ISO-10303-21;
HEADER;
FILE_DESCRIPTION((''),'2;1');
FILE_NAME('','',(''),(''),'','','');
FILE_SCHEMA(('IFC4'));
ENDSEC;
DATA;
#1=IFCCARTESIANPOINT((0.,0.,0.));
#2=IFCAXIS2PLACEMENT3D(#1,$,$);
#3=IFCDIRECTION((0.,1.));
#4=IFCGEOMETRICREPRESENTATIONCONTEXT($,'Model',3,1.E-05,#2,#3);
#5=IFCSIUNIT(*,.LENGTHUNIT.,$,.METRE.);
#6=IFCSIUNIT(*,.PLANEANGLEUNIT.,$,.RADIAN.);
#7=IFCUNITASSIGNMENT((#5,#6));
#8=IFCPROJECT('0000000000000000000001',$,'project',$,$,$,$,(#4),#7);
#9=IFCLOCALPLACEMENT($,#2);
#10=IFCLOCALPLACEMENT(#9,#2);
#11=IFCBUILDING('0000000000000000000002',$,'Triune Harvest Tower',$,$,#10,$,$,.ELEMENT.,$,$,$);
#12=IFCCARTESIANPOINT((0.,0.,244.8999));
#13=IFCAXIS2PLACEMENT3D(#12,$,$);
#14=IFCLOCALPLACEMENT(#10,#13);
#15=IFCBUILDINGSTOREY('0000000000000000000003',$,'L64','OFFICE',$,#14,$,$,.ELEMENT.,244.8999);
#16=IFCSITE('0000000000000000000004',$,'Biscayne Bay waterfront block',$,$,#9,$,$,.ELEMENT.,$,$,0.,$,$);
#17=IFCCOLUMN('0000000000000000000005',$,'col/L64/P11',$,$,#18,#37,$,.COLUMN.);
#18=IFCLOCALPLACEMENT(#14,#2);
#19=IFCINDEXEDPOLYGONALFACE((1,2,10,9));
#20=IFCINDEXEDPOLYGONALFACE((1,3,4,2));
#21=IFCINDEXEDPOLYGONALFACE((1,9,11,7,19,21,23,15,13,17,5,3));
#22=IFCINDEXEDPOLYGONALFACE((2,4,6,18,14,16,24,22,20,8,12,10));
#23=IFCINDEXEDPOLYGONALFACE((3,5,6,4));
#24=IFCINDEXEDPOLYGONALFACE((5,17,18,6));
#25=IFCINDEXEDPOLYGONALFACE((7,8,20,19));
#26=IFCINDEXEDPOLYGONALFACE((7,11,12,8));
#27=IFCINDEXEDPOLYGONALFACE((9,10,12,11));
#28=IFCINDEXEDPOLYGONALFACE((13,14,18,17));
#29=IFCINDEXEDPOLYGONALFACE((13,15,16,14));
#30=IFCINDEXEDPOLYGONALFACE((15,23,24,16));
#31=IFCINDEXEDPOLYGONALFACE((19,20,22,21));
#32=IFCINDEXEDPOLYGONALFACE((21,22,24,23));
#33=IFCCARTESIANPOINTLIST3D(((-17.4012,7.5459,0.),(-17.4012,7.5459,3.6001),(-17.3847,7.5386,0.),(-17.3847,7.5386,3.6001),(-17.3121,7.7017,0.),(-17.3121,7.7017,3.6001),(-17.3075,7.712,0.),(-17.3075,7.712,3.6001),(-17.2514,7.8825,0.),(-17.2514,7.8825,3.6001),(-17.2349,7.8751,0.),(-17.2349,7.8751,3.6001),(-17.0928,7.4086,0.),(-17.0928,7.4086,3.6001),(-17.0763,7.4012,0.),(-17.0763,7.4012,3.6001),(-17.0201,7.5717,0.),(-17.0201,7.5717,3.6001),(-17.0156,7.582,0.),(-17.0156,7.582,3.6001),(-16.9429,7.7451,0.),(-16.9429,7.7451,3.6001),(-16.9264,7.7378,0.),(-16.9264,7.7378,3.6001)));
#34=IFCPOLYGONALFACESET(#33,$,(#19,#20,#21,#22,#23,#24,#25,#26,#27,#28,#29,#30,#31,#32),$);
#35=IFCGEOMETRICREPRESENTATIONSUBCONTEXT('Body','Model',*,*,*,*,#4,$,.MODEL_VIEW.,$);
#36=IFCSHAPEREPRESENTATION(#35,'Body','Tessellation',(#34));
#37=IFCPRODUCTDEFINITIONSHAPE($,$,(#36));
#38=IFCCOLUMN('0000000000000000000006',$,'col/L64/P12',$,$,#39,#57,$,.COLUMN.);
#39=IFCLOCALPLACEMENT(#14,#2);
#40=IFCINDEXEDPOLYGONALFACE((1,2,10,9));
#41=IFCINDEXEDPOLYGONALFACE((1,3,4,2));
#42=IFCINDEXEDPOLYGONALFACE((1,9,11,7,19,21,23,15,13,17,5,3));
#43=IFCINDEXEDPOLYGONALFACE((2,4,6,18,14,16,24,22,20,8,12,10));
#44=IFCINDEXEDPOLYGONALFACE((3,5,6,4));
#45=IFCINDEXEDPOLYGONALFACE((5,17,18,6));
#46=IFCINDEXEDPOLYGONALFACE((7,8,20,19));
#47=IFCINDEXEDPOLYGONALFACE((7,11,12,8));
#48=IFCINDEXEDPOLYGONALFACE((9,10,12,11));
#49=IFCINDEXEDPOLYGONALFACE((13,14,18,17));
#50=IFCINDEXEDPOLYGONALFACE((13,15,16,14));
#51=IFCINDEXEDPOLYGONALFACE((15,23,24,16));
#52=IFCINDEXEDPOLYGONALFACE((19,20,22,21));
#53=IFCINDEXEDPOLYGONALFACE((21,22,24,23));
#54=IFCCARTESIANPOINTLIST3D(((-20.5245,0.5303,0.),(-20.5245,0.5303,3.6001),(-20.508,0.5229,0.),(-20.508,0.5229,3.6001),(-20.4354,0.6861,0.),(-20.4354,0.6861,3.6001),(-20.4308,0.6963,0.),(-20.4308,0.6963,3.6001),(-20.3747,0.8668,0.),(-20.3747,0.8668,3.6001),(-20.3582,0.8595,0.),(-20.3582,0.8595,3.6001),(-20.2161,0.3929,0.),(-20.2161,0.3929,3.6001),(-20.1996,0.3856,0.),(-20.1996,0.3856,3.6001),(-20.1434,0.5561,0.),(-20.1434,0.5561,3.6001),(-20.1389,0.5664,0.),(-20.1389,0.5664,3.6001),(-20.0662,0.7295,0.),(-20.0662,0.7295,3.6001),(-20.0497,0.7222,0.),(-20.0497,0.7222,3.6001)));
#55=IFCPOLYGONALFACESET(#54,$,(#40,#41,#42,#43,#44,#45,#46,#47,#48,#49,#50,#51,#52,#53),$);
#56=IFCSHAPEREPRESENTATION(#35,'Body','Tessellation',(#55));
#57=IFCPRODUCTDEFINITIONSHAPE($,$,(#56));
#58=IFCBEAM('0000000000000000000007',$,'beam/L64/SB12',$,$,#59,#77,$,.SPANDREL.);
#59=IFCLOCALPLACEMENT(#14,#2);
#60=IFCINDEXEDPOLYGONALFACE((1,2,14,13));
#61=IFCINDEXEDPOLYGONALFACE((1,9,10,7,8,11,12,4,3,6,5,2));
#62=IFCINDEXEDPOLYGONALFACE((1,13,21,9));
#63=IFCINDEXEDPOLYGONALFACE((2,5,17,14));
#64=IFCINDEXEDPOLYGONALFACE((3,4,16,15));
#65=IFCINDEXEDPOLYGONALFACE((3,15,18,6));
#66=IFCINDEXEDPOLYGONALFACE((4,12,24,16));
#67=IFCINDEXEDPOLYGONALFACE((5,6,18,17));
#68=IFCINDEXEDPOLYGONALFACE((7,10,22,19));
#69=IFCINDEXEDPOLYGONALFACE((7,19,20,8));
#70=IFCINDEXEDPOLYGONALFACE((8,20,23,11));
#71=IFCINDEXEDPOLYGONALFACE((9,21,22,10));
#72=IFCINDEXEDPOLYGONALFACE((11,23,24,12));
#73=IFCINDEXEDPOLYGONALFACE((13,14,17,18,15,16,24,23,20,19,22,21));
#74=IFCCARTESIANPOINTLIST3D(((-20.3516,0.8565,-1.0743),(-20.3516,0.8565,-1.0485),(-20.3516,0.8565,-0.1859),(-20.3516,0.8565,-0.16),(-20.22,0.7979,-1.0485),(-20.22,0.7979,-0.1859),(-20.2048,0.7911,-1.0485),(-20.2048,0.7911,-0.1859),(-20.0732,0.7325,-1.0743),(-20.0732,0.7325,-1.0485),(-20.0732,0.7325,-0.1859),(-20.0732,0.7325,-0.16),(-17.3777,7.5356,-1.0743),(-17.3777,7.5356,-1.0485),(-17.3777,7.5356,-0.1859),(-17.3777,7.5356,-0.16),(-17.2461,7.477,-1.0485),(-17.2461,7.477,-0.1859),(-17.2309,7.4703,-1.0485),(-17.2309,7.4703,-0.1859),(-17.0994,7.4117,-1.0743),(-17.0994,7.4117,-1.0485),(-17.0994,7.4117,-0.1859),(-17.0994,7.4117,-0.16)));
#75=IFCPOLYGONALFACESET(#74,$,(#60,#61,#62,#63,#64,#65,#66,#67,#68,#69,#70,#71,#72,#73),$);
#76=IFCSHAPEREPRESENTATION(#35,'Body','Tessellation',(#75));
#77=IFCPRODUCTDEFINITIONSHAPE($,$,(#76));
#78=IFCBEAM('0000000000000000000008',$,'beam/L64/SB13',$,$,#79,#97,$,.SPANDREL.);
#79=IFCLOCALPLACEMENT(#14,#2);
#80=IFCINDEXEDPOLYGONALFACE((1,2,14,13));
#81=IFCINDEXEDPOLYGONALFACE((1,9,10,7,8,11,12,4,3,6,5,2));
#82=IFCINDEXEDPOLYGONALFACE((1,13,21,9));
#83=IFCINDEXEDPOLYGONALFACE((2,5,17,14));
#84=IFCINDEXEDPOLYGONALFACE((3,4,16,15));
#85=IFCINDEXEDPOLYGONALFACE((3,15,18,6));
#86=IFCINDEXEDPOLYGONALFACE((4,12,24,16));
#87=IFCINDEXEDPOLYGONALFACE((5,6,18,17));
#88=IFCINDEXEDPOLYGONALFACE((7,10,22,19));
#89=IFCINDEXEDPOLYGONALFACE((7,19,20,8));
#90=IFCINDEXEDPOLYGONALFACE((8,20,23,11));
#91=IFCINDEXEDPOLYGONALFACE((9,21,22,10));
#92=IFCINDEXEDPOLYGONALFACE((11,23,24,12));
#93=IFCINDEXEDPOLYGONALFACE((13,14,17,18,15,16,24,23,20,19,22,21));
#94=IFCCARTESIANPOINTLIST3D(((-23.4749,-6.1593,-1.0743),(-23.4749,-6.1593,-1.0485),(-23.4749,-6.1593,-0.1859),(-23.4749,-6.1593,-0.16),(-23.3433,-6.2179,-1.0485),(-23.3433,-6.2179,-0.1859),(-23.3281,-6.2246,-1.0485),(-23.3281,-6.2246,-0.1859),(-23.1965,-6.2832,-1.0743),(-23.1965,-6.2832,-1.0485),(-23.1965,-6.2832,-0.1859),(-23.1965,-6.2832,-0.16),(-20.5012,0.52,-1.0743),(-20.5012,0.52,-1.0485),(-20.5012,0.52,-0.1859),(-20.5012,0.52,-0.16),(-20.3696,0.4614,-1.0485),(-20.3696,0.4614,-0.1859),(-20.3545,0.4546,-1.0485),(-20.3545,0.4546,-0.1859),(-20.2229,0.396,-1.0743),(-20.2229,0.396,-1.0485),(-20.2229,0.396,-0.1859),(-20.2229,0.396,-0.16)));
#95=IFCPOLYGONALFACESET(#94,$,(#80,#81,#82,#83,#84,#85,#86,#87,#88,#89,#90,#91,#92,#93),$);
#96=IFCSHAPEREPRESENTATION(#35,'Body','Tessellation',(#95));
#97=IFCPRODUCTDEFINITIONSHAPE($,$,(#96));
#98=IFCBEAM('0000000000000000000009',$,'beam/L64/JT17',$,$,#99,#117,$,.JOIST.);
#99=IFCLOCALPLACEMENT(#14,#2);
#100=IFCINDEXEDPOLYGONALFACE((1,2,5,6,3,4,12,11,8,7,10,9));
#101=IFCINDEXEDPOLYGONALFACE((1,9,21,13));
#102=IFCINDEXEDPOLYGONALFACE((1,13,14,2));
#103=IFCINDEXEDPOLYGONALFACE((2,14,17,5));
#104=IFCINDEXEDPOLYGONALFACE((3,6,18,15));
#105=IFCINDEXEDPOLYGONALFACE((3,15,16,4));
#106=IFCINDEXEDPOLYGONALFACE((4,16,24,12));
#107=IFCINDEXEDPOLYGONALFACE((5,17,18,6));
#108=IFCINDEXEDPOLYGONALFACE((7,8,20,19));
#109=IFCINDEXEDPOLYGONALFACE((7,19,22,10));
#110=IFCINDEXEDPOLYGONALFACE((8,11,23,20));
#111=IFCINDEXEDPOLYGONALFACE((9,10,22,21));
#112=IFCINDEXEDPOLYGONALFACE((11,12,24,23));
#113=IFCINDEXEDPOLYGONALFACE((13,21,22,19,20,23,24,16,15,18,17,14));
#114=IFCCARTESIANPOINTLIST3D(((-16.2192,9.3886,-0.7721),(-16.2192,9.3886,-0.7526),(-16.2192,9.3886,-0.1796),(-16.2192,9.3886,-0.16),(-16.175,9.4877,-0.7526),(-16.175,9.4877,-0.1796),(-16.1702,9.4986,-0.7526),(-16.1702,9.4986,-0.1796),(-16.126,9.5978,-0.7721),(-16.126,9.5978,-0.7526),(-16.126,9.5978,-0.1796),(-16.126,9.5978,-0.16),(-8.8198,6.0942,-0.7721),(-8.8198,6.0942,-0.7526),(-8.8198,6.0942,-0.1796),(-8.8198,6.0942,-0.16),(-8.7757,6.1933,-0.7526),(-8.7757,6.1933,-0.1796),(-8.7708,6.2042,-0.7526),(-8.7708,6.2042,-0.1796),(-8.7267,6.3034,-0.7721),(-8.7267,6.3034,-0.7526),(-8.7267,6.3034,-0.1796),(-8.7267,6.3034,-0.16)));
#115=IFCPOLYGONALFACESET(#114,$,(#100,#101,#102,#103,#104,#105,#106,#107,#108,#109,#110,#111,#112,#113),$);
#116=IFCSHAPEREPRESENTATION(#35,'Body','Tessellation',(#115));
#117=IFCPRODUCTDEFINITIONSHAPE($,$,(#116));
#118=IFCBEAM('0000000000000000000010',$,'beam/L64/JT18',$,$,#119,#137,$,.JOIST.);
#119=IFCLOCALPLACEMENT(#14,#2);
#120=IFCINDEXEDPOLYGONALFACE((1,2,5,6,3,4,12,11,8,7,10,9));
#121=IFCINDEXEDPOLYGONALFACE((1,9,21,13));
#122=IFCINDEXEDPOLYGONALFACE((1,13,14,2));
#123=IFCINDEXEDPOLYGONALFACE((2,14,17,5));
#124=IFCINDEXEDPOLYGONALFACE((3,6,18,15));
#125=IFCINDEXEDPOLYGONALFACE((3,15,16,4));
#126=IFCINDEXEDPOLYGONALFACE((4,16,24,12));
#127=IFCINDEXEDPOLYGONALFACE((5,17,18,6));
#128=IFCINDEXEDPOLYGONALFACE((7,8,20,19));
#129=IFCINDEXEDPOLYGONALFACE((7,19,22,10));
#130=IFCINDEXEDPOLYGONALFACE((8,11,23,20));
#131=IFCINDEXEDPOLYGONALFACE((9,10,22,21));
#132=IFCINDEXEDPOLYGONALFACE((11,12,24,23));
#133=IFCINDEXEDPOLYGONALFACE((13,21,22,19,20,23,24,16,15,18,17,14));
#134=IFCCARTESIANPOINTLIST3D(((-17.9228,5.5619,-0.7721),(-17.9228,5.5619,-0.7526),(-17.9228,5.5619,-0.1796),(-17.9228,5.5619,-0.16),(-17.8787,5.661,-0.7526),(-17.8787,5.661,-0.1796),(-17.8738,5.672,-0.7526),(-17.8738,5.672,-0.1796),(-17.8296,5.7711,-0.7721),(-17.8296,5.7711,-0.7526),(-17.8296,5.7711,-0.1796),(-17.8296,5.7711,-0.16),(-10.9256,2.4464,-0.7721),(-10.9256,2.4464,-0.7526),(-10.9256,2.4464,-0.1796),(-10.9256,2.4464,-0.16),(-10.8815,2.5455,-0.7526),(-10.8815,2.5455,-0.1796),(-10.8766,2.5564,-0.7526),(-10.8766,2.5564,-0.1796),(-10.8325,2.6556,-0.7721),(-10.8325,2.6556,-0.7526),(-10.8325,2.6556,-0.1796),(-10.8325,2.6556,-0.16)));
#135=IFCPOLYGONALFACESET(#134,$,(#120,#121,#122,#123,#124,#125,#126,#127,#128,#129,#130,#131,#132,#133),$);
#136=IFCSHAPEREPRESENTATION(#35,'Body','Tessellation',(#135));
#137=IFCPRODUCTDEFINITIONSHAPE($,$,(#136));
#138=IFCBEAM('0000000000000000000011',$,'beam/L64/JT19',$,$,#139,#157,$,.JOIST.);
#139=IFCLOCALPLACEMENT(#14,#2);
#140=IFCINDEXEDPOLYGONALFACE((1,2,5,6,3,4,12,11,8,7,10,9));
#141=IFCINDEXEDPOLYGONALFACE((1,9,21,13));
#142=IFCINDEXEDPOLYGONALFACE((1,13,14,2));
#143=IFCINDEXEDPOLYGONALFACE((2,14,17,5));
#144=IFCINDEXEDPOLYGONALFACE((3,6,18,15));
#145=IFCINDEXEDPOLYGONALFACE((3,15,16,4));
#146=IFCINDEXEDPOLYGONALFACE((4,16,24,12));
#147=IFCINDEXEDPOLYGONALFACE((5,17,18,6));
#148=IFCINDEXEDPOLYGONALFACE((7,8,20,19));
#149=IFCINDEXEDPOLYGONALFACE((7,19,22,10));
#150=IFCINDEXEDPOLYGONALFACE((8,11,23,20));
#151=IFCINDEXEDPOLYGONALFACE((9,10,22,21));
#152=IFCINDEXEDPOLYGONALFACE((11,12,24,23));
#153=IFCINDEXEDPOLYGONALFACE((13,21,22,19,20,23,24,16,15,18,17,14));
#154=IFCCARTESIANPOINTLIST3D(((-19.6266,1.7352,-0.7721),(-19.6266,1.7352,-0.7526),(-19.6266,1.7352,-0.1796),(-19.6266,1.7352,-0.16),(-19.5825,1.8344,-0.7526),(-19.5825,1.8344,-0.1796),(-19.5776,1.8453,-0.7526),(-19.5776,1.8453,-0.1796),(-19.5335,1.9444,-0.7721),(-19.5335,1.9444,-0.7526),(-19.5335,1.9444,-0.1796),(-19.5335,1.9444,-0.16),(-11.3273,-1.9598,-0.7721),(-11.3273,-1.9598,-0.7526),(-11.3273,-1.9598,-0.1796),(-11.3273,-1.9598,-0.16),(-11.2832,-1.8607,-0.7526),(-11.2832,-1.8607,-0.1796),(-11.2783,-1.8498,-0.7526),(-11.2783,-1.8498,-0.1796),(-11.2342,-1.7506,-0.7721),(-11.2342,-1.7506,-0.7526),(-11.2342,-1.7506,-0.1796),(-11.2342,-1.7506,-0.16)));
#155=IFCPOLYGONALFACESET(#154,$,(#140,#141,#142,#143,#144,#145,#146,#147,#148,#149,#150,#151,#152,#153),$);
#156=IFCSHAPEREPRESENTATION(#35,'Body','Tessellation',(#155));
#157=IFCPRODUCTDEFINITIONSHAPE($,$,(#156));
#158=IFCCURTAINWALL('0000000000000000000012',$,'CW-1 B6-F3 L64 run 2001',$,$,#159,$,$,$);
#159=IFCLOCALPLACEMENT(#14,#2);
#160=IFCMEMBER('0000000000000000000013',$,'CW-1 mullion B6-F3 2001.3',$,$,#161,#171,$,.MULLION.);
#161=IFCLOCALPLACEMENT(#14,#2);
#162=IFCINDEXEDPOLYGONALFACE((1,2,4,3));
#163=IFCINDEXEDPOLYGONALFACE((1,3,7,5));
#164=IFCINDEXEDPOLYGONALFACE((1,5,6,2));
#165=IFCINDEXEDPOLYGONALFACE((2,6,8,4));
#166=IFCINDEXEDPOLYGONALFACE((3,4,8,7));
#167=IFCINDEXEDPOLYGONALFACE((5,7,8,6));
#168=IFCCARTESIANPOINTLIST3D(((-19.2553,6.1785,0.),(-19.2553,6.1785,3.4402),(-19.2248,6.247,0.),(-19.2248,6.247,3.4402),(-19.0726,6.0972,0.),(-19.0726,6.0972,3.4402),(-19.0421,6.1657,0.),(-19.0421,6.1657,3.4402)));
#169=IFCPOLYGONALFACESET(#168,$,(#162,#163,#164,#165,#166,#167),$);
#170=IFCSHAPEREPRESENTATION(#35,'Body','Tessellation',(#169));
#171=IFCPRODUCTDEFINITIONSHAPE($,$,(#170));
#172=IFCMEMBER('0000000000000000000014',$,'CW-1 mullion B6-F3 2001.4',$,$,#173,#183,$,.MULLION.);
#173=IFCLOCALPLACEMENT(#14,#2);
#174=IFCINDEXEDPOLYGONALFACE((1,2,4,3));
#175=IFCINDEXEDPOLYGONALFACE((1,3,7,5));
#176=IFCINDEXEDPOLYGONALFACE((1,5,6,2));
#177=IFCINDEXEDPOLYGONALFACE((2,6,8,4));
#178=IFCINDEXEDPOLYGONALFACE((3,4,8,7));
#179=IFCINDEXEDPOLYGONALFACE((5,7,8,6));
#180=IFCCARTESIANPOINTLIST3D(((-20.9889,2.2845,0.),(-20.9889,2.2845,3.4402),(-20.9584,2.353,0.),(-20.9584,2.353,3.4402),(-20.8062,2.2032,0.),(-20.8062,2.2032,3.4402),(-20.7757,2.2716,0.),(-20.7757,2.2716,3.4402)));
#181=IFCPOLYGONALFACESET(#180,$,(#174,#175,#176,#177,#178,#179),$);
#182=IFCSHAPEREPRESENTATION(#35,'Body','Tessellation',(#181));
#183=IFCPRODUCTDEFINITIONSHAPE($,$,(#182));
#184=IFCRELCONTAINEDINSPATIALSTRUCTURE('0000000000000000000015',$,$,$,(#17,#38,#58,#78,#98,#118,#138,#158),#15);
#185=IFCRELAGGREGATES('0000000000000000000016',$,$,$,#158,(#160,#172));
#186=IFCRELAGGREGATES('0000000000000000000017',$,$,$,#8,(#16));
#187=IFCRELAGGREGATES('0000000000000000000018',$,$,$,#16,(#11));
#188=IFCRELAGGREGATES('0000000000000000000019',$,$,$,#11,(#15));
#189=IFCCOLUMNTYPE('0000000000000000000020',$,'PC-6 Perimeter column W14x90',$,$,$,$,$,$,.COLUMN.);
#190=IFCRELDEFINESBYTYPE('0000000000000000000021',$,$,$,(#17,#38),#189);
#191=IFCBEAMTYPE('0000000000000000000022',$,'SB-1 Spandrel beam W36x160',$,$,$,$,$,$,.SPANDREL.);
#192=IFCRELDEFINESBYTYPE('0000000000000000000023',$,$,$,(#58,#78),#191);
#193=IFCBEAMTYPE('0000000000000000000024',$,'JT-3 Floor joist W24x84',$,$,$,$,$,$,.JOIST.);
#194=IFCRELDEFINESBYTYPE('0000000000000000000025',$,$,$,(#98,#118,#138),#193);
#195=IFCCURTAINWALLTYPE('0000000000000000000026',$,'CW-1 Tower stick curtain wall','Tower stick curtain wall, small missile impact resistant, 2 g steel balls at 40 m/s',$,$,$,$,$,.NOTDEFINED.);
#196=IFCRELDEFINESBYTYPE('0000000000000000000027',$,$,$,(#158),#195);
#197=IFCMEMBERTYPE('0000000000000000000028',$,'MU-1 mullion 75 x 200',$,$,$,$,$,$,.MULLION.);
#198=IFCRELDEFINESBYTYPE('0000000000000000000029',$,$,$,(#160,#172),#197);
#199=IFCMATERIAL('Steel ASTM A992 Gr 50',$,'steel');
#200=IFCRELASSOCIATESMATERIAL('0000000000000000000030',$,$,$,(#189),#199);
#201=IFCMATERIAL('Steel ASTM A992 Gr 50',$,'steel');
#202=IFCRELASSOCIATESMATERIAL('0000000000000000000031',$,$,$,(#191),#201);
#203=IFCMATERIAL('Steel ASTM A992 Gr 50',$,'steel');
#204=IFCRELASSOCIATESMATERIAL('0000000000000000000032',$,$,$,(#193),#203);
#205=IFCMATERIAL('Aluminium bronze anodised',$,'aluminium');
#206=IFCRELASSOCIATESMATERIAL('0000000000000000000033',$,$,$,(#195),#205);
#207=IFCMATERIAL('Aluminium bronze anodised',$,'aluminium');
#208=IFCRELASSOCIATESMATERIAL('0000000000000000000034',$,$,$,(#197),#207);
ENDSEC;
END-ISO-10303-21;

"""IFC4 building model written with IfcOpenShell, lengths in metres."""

from ifc_helpers import new_model, si_unit, direction, frame, origin, origin_2d, place, context, subcontext, project, spatial, rectangle, i_section, extrude, source, transform, mapped, material, material_profile, profile_set, type_object, element, aggregate, save


model = new_model("IFC4")

# Units and contexts
model_context = context("Model", 3, precision=1e-05, world=origin(), true_north=direction((0.0, 1.0)))
body_context = subcontext(model_context, "Body", "Model", "MODEL_VIEW")
ifc_project = project(units=[si_unit("LENGTHUNIT", "METRE"), si_unit("PLANEANGLEUNIT", "RADIAN")], contexts=[model_context])

# Site, building, storey
site_placement = place(None, origin())
site = spatial("IfcSite", under=ifc_project, at=site_placement, Name="Biscayne Bay waterfront block", CompositionType="ELEMENT", RefElevation=0.0)
building_placement = place(site_placement, origin())
building = spatial("IfcBuilding", under=site, at=building_placement, Name="Triune Harvest Tower", CompositionType="ELEMENT")
storey_placement = place(building_placement, frame((0.0, 0.0, 244.8999)))
storey = spatial("IfcBuildingStorey", under=building, at=storey_placement, Name="L64", Description="OFFICE", CompositionType="ELEMENT", Elevation=244.8999)

# Columns
ifc_material_1 = material(Name="Steel ASTM A992 Gr 50", Category="steel")
ifc_material_profile_1 = material_profile(ifc_material_1, i_section(OverallWidth=0.3684, OverallDepth=0.3557, WebThickness=0.0112, FlangeThickness=0.0181, at=origin_2d()), Name="W14x90")
ifc_profile_set_1 = profile_set([ifc_material_profile_1], Name="Steel ASTM A992 Gr 50")
column_type = type_object("IfcColumnType", Name="PC-6 Perimeter column W14x90", PredefinedType="COLUMN", material=ifc_profile_set_1)
shared_shape_1 = source(origin(), body_context, "Body", "SweptSolid", [
    extrude(i_section(OverallWidth=0.3684, OverallDepth=0.3557, WebThickness=0.0112, FlangeThickness=0.0181, at=origin_2d()), origin(), (0.0, 0.0, 1.0), 3.6001),
])
for number, where, z_axis, x_axis, name in (
    (1, (-17.1638, 7.6418, 0.0), (0.0, 0.0, 1.0), (-0.406738, -0.913545, 0.0), "col/L64/P11"),
    (2, (-20.2871, 0.6262, 0.0), (0.0, 0.0, 1.0), (-0.406738, -0.913545, 0.0), "col/L64/P12"),
):
    element("IfcColumn", number, at=place(storey_placement, frame(where, z_axis=z_axis, x_axis=x_axis)), inside=storey, type_object=column_type, Name=name, PredefinedType="COLUMN", context=body_context, shape_type="MappedRepresentation", body=[
        mapped(shared_shape_1, transform((0.0, 0.0, 0.0), scale=1.0)),
    ])

# Beams
ifc_material_2 = material(Name="Steel ASTM A992 Gr 50", Category="steel")
ifc_material_profile_2 = material_profile(ifc_material_2, i_section(OverallWidth=0.3047, OverallDepth=0.9143, WebThickness=0.0166, FlangeThickness=0.0259, at=origin_2d()), Name="W36x160")
ifc_profile_set_2 = profile_set([ifc_material_profile_2], Name="Steel ASTM A992 Gr 50")
beam_type_1 = type_object("IfcBeamType", Name="SB-1 Spandrel beam W36x160", PredefinedType="SPANDREL", material=ifc_profile_set_2)
shared_shape_2 = source(origin(), body_context, "Body", "SweptSolid", [
    extrude(i_section(OverallWidth=0.3047, OverallDepth=0.9143, WebThickness=0.0166, FlangeThickness=0.0259, at=origin_2d()), origin(), (0.0, 0.0, 1.0), 7.3113),
])
for number, where, z_axis, x_axis, name in (
    (3, (-17.2385, 7.4736, -0.6172), (-0.406749, -0.91354, 0.0), (0.91354, -0.406749, 0.0), "beam/L64/SB12"),
    (4, (-20.3621, 0.458, -0.6172), (-0.406721, -0.913552, 0.0), (0.913552, -0.406721, 0.0), "beam/L64/SB13"),
):
    element("IfcBeam", number, at=place(storey_placement, frame(where, z_axis=z_axis, x_axis=x_axis)), inside=storey, type_object=beam_type_1, Name=name, PredefinedType="SPANDREL", context=body_context, shape_type="MappedRepresentation", body=[
        mapped(shared_shape_2, transform((0.0, 0.0, 0.0), scale=1.0)),
    ])
ifc_material_3 = material(Name="Steel ASTM A992 Gr 50", Category="steel")
ifc_material_profile_3 = material_profile(ifc_material_3, i_section(OverallWidth=0.229, OverallDepth=0.6121, WebThickness=0.012, FlangeThickness=0.0195, at=origin_2d()), Name="W24x84")
ifc_profile_set_3 = profile_set([ifc_material_profile_3], Name="Steel ASTM A992 Gr 50")
beam_type_2 = type_object("IfcBeamType", Name="JT-3 Floor joist W24x84", PredefinedType="JOIST", material=ifc_profile_set_3)
shared_shape_3 = source(origin(), body_context, "Body", "SweptSolid", [
    extrude(i_section(OverallWidth=0.229, OverallDepth=0.6121, WebThickness=0.012, FlangeThickness=0.0195, at=origin_2d()), origin(), (0.0, 0.0, 1.0), 8.0996),
])
beam_1_placement = place(storey_placement, frame((-16.1726, 9.4932, -0.4661), z_axis=(0.913545, -0.406737, 0.0), x_axis=(0.406737, 0.913545, 0.0)))
element("IfcBeam", 5, at=beam_1_placement, inside=storey, type_object=beam_type_2, Name="beam/L64/JT17", PredefinedType="JOIST", context=body_context, shape_type="MappedRepresentation", body=[
    mapped(shared_shape_3, transform((0.0, 0.0, 0.0), scale=1.0)),
])
shared_shape_4 = source(origin(), body_context, "Body", "SweptSolid", [
    extrude(i_section(OverallWidth=0.229, OverallDepth=0.6121, WebThickness=0.012, FlangeThickness=0.0195, at=origin_2d()), origin(), (0.0, 0.0, 1.0), 7.6594),
])
beam_2_placement = place(storey_placement, frame((-17.8762, 5.6665, -0.4661), z_axis=(0.913537, -0.406756, 0.0), x_axis=(0.406756, 0.913537, 0.0)))
element("IfcBeam", 6, at=beam_2_placement, inside=storey, type_object=beam_type_2, Name="beam/L64/JT18", PredefinedType="JOIST", context=body_context, shape_type="MappedRepresentation", body=[
    mapped(shared_shape_4, transform((0.0, 0.0, 0.0), scale=1.0)),
])
shared_shape_5 = source(origin(), body_context, "Body", "SweptSolid", [
    extrude(i_section(OverallWidth=0.229, OverallDepth=0.6121, WebThickness=0.012, FlangeThickness=0.0195, at=origin_2d()), origin(), (0.0, 0.0, 1.0), 9.0847),
])
beam_3_placement = place(storey_placement, frame((-19.5801, 1.8398, -0.4661), z_axis=(0.913546, -0.406734, 0.0), x_axis=(0.406734, 0.913546, 0.0)))
element("IfcBeam", 7, at=beam_3_placement, inside=storey, type_object=beam_type_2, Name="beam/L64/JT19", PredefinedType="JOIST", context=body_context, shape_type="MappedRepresentation", body=[
    mapped(shared_shape_5, transform((0.0, 0.0, 0.0), scale=1.0)),
])

# Curtain wall, members
ifc_material_4 = material(Name="Aluminium bronze anodised", Category="aluminium")
curtain_wall_type_1 = type_object("IfcCurtainWallType", Name="CW-1 Tower stick curtain wall", Description="Tower stick curtain wall, small missile impact resistant, 2 g steel balls at 40 m/s", PredefinedType="NOTDEFINED", material=ifc_material_4)
curtain_wall_1_placement = place(storey_placement, origin())
curtain_wall_1 = element("IfcCurtainWall", 8, at=curtain_wall_1_placement, inside=storey, type_object=curtain_wall_type_1, Name="CW-1 B6-F3 L64 run 2001")
ifc_material_5 = material(Name="Aluminium bronze anodised", Category="aluminium")
ifc_material_profile_4 = material_profile(ifc_material_5, rectangle(XDim=0.2, YDim=0.075, at=origin_2d()), Name="MU-1 mullion 75 x 200")
ifc_profile_set_4 = profile_set([ifc_material_profile_4], Name="Aluminium bronze anodised")
member_type_1 = type_object("IfcMemberType", Name="MU-1 mullion 75 x 200", PredefinedType="MULLION", material=ifc_profile_set_4)
shared_shape_6 = source(origin(), body_context, "Body", "SweptSolid", [
    extrude(rectangle(XDim=0.2, YDim=0.075, at=origin_2d()), origin(), (0.0, 0.0, 1.0), 3.4402),
])
member_1_placement = place(storey_placement, frame((-19.1487, 6.1721, 0.0), z_axis=(0.0, 0.0, 1.0), x_axis=(0.913542, -0.406744, 0.0)))
member_1 = element("IfcMember", 9, at=member_1_placement, type_object=member_type_1, Name="CW-1 mullion B6-F3 2001.3", PredefinedType="MULLION", context=body_context, shape_type="MappedRepresentation", body=[
    mapped(shared_shape_6, transform((0.0, 0.0, 0.0), scale=1.0)),
])
member_2_placement = place(storey_placement, frame((-20.8823, 2.2781, 0.0), z_axis=(0.0, 0.0, 1.0), x_axis=(0.913542, -0.406744, 0.0)))
member_2 = element("IfcMember", 10, at=member_2_placement, type_object=member_type_1, Name="CW-1 mullion B6-F3 2001.4", PredefinedType="MULLION", context=body_context, shape_type="MappedRepresentation", body=[
    mapped(shared_shape_6, transform((0.0, 0.0, 0.0), scale=1.0)),
])

aggregate(curtain_wall_1, [member_1, member_2])

save(model, "model.ifc")
